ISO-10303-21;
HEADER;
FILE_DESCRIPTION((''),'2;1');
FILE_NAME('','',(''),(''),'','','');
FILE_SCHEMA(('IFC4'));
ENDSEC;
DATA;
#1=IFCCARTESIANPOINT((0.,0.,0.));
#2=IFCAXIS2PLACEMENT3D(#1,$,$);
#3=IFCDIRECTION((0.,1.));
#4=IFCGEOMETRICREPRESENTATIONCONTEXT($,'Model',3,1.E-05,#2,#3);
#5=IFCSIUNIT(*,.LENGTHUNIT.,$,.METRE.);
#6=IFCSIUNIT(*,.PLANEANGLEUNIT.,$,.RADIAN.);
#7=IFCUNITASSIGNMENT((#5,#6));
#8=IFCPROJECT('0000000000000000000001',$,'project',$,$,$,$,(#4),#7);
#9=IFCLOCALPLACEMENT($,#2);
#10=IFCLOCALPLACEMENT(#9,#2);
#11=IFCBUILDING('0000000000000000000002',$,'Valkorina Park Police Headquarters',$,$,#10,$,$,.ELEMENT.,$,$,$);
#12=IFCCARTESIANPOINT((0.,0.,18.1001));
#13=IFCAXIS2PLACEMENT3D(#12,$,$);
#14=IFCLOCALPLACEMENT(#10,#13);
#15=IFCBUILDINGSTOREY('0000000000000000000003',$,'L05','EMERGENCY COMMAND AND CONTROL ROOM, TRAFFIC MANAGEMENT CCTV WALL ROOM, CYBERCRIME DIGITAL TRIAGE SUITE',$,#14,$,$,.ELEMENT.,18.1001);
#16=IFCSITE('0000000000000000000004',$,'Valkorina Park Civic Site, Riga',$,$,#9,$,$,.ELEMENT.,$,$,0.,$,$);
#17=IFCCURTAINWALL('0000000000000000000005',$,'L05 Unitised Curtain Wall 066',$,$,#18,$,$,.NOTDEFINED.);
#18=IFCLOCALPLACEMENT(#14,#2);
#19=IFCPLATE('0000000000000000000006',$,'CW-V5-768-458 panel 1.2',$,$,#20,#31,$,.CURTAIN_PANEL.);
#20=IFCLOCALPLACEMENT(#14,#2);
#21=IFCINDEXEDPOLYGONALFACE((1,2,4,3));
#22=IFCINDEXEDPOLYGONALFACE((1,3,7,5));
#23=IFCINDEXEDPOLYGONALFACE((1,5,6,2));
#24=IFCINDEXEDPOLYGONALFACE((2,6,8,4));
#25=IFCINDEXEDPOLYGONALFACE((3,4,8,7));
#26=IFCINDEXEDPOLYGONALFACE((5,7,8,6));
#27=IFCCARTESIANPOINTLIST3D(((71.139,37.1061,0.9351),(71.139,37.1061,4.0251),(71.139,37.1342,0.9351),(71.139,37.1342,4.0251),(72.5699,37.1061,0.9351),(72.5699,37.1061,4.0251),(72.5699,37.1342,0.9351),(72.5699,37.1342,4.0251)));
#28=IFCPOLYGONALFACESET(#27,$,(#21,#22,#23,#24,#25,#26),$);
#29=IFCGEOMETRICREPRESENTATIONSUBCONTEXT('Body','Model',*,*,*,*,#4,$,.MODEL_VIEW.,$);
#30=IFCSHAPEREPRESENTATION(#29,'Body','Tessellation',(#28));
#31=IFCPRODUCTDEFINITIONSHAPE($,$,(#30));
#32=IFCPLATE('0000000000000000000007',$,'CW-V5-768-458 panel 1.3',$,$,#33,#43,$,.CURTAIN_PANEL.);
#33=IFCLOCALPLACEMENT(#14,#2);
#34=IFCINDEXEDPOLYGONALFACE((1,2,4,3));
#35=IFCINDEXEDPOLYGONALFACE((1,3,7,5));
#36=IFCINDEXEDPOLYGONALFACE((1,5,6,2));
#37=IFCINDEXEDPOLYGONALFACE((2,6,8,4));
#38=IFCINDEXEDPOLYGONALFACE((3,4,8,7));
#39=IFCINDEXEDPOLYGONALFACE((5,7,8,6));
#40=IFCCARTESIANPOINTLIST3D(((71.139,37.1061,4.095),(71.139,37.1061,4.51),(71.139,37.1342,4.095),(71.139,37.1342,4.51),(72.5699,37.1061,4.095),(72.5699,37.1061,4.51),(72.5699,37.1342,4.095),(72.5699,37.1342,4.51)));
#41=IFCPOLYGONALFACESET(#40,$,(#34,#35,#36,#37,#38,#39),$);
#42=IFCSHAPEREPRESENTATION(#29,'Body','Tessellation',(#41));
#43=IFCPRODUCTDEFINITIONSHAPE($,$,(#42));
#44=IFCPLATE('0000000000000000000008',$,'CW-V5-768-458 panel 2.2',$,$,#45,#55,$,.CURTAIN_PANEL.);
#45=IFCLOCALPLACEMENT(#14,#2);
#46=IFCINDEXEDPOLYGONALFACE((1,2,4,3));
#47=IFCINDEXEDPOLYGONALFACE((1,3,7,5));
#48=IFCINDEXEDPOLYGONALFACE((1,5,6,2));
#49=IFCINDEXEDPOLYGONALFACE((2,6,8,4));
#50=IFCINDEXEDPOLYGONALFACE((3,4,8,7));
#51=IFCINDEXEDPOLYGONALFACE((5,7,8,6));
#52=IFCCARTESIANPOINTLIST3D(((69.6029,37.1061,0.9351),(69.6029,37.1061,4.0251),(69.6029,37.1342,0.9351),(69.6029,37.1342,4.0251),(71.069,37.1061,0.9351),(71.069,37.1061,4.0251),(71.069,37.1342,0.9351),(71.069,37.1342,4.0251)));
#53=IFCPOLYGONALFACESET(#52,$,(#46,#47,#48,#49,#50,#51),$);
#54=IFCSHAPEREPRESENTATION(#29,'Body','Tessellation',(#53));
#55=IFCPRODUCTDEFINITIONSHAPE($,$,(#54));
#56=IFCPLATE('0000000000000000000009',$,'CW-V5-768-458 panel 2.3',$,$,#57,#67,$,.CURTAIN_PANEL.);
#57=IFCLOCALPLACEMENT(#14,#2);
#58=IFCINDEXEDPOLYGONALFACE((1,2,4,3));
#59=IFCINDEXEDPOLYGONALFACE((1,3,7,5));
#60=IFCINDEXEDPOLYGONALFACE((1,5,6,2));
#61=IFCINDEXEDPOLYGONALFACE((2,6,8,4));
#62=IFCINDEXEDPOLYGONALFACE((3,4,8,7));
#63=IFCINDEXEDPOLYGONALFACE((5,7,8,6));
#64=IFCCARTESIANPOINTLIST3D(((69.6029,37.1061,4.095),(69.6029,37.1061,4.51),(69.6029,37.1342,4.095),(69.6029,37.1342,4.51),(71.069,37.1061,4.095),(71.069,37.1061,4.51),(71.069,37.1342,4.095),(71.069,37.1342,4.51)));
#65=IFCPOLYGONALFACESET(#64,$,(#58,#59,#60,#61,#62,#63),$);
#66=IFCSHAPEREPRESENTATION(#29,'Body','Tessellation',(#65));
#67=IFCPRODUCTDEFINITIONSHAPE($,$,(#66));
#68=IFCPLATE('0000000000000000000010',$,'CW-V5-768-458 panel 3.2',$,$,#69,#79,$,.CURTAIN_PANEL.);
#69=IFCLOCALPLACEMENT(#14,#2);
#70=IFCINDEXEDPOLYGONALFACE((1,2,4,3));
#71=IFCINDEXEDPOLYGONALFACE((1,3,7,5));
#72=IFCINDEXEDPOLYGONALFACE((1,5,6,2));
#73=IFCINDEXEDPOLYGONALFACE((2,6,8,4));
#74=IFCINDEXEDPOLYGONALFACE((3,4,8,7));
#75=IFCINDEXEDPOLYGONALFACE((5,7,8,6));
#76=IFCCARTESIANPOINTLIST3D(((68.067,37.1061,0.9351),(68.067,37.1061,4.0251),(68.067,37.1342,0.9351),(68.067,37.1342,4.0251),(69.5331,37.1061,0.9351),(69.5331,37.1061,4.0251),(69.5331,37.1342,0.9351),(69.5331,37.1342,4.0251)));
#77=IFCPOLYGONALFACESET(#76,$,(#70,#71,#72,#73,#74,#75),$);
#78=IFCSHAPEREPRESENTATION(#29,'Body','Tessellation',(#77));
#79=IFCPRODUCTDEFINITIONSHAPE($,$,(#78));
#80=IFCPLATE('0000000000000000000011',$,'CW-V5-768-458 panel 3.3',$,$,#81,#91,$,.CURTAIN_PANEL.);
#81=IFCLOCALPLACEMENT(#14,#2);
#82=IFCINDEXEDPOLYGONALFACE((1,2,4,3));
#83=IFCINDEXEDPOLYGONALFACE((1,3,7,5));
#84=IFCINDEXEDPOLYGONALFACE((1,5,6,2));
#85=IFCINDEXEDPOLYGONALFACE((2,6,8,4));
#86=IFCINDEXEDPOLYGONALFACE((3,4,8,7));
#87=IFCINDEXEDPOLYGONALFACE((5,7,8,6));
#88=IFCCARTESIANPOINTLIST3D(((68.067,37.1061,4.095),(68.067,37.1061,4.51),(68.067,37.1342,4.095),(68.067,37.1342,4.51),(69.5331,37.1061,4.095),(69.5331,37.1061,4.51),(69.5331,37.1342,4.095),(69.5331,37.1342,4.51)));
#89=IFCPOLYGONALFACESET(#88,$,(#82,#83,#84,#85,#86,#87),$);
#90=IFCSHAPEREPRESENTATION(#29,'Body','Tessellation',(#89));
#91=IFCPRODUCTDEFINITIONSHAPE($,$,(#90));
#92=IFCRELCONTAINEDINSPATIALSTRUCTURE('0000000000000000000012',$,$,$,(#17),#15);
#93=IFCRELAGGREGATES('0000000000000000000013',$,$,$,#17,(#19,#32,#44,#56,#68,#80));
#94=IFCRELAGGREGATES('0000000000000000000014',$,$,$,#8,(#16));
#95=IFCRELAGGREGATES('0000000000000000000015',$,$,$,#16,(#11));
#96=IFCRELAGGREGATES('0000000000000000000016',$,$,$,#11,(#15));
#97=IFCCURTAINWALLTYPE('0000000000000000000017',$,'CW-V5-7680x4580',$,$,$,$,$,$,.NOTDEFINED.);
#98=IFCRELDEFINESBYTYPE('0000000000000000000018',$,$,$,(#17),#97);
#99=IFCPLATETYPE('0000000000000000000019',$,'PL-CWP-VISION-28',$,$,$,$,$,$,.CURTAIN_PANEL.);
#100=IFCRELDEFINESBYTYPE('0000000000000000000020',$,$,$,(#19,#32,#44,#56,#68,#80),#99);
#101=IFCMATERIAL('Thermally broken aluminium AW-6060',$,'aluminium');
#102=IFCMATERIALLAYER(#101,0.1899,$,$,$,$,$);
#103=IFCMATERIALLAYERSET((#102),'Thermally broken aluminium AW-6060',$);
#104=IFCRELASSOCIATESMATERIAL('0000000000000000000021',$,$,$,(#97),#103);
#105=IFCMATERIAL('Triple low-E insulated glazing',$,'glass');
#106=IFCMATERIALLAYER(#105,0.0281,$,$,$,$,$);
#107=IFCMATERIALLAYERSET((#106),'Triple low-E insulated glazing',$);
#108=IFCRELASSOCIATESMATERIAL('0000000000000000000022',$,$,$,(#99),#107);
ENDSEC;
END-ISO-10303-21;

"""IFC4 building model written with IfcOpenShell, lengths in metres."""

from ifc_helpers import new_model, si_unit, direction, frame, origin, origin_2d, place, context, subcontext, project, spatial, rectangle, extrude, material, layer, layer_set, type_object, element, aggregate, save


model = new_model("IFC4")

# Units and contexts
model_context = context("Model", 3, precision=1e-05, world=origin(), true_north=direction((0.0, 1.0)))
body_context = subcontext(model_context, "Body", "Model", "MODEL_VIEW")
ifc_project = project(units=[si_unit("LENGTHUNIT", "METRE"), si_unit("PLANEANGLEUNIT", "RADIAN")], contexts=[model_context])

# Site, building, storey
site_placement = place(None, origin())
site = spatial("IfcSite", under=ifc_project, at=site_placement, Name="Valkorina Park Civic Site, Riga", CompositionType="ELEMENT", RefElevation=0.0)
building_placement = place(site_placement, origin())
building = spatial("IfcBuilding", under=site, at=building_placement, Name="Valkorina Park Police Headquarters", CompositionType="ELEMENT")
storey_placement = place(building_placement, frame((0.0, 0.0, 18.1001)))
storey = spatial("IfcBuildingStorey", under=building, at=storey_placement, Name="L05", Description="EMERGENCY COMMAND AND CONTROL ROOM, TRAFFIC MANAGEMENT CCTV WALL ROOM, CYBERCRIME DIGITAL TRIAGE SUITE", CompositionType="ELEMENT", Elevation=18.1001)

# Shared definitions
ifc_material_1 = material(Name="Thermally broken aluminium AW-6060", Category="aluminium")

# Curtain wall
ifc_layer_1 = layer(ifc_material_1, 0.1899)
ifc_layer_set_1 = layer_set([ifc_layer_1], Name="Thermally broken aluminium AW-6060")
curtain_wall_type_1 = type_object("IfcCurtainWallType", Name="CW-V5-7680x4580", PredefinedType="NOTDEFINED", material=ifc_layer_set_1)
curtain_wall_1_placement = place(storey_placement, origin())
curtain_wall_1 = element("IfcCurtainWall", 1, at=curtain_wall_1_placement, inside=storey, type_object=curtain_wall_type_1, Name="L05 Unitised Curtain Wall 066", PredefinedType="NOTDEFINED")

# Plates
ifc_material_2 = material(Name="Triple low-E insulated glazing", Category="glass")
ifc_layer_2 = layer(ifc_material_2, 0.0281)
ifc_layer_set_2 = layer_set([ifc_layer_2], Name="Triple low-E insulated glazing")
plate_type_1 = type_object("IfcPlateType", Name="PL-CWP-VISION-28", PredefinedType="CURTAIN_PANEL", material=ifc_layer_set_2)
plate_1_placement = place(storey_placement, frame((71.8545, 37.1201, 0.9351), z_axis=(0.0, 0.0, 1.0), x_axis=(-1.0, 0.0, 0.0)))
plate_1 = element("IfcPlate", 2, at=plate_1_placement, type_object=plate_type_1, Name="CW-V5-768-458 panel 1.2", PredefinedType="CURTAIN_PANEL", context=body_context, shape_type="SweptSolid", body=[
    extrude(rectangle(XDim=1.4309, YDim=0.0281, at=origin_2d()), origin(), (0.0, 0.0, 1.0), 3.0901),
])
plate_2_placement = place(storey_placement, frame((71.8545, 37.1201, 4.095), z_axis=(0.0, 0.0, 1.0), x_axis=(-1.0, 0.0, 0.0)))
plate_2 = element("IfcPlate", 3, at=plate_2_placement, type_object=plate_type_1, Name="CW-V5-768-458 panel 1.3", PredefinedType="CURTAIN_PANEL", context=body_context, shape_type="SweptSolid", body=[
    extrude(rectangle(XDim=1.4309, YDim=0.0281, at=origin_2d()), origin(), (0.0, 0.0, 1.0), 0.415),
])
plate_3_placement = place(storey_placement, frame((70.3359, 37.1201, 0.9351), z_axis=(0.0, 0.0, 1.0), x_axis=(-1.0, 0.0, 0.0)))
plate_3 = element("IfcPlate", 4, at=plate_3_placement, type_object=plate_type_1, Name="CW-V5-768-458 panel 2.2", PredefinedType="CURTAIN_PANEL", context=body_context, shape_type="SweptSolid", body=[
    extrude(rectangle(XDim=1.4661, YDim=0.0281, at=origin_2d()), origin(), (0.0, 0.0, 1.0), 3.0901),
])
plate_4_placement = place(storey_placement, frame((70.3359, 37.1201, 4.095), z_axis=(0.0, 0.0, 1.0), x_axis=(-1.0, 0.0, 0.0)))
plate_4 = element("IfcPlate", 5, at=plate_4_placement, type_object=plate_type_1, Name="CW-V5-768-458 panel 2.3", PredefinedType="CURTAIN_PANEL", context=body_context, shape_type="SweptSolid", body=[
    extrude(rectangle(XDim=1.4661, YDim=0.0281, at=origin_2d()), origin(), (0.0, 0.0, 1.0), 0.415),
])
plate_5_placement = place(storey_placement, frame((68.8, 37.1201, 0.9351), z_axis=(0.0, 0.0, 1.0), x_axis=(-1.0, 0.0, 0.0)))
plate_5 = element("IfcPlate", 6, at=plate_5_placement, type_object=plate_type_1, Name="CW-V5-768-458 panel 3.2", PredefinedType="CURTAIN_PANEL", context=body_context, shape_type="SweptSolid", body=[
    extrude(rectangle(XDim=1.4661, YDim=0.0281, at=origin_2d()), origin(), (0.0, 0.0, 1.0), 3.0901),
])
plate_6_placement = place(storey_placement, frame((68.8, 37.1201, 4.095), z_axis=(0.0, 0.0, 1.0), x_axis=(-1.0, 0.0, 0.0)))
plate_6 = element("IfcPlate", 7, at=plate_6_placement, type_object=plate_type_1, Name="CW-V5-768-458 panel 3.3", PredefinedType="CURTAIN_PANEL", context=body_context, shape_type="SweptSolid", body=[
    extrude(rectangle(XDim=1.4661, YDim=0.0281, at=origin_2d()), origin(), (0.0, 0.0, 1.0), 0.415),
])
aggregate(curtain_wall_1, [plate_1, plate_2, plate_3, plate_4, plate_5, plate_6])

save(model, "model.ifc")
